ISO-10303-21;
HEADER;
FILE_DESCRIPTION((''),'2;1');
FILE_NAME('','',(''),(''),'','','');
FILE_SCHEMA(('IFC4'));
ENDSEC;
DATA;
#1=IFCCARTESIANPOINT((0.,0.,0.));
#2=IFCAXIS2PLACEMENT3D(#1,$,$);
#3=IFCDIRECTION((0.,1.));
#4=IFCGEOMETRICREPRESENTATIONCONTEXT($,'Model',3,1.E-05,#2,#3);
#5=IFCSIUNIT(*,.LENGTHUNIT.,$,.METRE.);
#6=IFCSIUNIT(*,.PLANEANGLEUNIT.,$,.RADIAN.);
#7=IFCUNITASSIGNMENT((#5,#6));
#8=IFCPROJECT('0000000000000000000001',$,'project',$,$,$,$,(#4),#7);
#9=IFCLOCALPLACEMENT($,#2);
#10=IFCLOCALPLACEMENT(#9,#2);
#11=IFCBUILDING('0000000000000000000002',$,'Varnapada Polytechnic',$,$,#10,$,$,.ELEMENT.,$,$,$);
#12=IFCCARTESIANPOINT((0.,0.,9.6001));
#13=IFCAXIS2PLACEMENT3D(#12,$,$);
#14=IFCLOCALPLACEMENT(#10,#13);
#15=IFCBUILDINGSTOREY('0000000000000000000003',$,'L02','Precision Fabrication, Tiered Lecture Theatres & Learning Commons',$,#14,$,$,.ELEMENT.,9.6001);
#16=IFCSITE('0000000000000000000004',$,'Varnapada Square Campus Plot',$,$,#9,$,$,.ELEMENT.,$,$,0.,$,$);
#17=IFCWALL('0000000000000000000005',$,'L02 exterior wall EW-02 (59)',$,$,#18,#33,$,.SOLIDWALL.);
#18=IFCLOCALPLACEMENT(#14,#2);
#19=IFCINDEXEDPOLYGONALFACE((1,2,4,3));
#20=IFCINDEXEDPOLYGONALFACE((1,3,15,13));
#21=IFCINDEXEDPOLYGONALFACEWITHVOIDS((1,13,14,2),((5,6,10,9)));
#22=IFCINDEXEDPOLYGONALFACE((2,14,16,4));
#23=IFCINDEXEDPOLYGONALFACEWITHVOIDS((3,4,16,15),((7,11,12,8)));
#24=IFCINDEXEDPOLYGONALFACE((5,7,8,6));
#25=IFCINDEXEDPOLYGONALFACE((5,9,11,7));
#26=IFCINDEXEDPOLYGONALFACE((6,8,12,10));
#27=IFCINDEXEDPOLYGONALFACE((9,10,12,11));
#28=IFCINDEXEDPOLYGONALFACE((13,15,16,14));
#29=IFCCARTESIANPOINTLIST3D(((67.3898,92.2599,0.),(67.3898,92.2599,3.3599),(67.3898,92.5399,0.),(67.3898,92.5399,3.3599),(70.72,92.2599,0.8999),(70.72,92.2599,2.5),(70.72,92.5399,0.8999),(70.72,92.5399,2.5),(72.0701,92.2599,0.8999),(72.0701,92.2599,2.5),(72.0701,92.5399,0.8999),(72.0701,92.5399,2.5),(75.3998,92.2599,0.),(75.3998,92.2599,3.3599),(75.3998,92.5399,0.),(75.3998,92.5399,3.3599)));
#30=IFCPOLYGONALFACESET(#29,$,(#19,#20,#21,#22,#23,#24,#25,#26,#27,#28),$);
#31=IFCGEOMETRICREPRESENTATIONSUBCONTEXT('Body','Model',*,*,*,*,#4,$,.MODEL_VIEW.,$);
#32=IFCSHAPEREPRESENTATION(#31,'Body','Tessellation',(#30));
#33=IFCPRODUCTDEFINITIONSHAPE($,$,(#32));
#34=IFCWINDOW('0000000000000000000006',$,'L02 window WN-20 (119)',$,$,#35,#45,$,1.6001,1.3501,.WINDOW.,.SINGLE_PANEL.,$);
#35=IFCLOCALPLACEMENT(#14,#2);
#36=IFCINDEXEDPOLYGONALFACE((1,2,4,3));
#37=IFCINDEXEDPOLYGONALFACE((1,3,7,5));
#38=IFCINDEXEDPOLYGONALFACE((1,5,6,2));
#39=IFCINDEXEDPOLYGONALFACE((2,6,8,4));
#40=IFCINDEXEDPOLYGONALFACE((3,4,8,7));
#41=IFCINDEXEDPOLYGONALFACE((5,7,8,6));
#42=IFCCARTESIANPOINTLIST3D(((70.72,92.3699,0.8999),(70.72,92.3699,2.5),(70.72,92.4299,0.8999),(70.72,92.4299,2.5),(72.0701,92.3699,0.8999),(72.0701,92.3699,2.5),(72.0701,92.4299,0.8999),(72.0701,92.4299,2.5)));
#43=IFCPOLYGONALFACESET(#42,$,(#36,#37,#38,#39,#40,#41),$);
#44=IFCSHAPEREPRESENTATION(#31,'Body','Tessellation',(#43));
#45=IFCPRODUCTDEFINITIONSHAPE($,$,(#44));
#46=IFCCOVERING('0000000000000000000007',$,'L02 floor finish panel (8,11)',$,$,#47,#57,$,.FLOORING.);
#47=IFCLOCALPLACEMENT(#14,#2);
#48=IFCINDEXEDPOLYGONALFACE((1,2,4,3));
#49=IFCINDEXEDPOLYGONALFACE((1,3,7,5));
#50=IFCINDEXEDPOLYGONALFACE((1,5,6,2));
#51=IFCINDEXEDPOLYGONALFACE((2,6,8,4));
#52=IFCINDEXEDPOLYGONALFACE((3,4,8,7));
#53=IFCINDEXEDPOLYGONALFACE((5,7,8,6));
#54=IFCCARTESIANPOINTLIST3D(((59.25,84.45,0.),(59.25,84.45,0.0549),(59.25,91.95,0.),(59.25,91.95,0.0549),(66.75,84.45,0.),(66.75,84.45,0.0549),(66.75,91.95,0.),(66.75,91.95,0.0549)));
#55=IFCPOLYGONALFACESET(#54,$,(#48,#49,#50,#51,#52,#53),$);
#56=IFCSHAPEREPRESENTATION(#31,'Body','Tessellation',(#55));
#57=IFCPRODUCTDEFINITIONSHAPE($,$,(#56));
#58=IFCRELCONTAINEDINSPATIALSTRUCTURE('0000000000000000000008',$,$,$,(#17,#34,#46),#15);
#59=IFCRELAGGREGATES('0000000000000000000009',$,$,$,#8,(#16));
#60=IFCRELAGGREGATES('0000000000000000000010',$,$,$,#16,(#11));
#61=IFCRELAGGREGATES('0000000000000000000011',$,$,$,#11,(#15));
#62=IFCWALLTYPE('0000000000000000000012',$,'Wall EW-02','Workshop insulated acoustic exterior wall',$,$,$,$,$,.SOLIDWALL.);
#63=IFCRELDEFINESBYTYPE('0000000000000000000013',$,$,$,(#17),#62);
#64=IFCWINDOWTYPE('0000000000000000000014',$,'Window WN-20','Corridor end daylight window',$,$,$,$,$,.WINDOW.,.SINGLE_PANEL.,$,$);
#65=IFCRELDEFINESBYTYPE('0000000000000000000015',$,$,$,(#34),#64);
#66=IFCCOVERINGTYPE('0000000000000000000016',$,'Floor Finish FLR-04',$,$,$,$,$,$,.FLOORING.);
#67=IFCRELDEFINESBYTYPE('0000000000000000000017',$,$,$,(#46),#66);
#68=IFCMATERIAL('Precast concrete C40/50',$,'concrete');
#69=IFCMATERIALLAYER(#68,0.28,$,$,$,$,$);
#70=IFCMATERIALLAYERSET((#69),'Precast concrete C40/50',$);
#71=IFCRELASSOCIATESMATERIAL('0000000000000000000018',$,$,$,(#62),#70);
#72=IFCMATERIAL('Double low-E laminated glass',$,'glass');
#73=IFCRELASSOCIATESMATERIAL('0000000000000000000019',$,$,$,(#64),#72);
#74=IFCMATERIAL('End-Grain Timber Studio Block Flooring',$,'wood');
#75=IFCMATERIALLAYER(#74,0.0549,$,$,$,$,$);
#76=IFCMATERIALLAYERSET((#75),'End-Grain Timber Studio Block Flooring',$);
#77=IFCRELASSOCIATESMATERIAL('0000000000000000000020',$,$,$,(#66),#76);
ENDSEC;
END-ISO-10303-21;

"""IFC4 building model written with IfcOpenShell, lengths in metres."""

from ifc_helpers import new_model, si_unit, direction, frame, frame_2d, origin, origin_2d, place, context, subcontext, project, spatial, rectangle, extrude, material, layer, layer_set, type_object, element, fill, save


model = new_model("IFC4")

# Units and contexts
model_context = context("Model", 3, precision=1e-05, world=origin(), true_north=direction((0.0, 1.0)))
body_context = subcontext(model_context, "Body", "Model", "MODEL_VIEW")
ifc_project = project(units=[si_unit("LENGTHUNIT", "METRE"), si_unit("PLANEANGLEUNIT", "RADIAN")], contexts=[model_context])

# Site, building, storey
site_placement = place(None, origin())
site = spatial("IfcSite", under=ifc_project, at=site_placement, Name="Varnapada Square Campus Plot", CompositionType="ELEMENT", RefElevation=0.0)
building_placement = place(site_placement, origin())
building = spatial("IfcBuilding", under=site, at=building_placement, Name="Varnapada Polytechnic", CompositionType="ELEMENT")
storey_placement = place(building_placement, frame((0.0, 0.0, 9.6001)))
storey = spatial("IfcBuildingStorey", under=building, at=storey_placement, Name="L02", Description="Precision Fabrication, Tiered Lecture Theatres & Learning Commons", CompositionType="ELEMENT", Elevation=9.6001)

# Shared definitions
ifc_material_1 = material(Name="Double low-E laminated glass", Category="glass")

# Wall, opening, window
ifc_material_2 = material(Name="Precast concrete C40/50", Category="concrete")
ifc_layer_1 = layer(ifc_material_2, 0.28)
ifc_layer_set_1 = layer_set([ifc_layer_1], Name="Precast concrete C40/50")
wall_type = type_object("IfcWallType", Name="Wall EW-02", Description="Workshop insulated acoustic exterior wall", PredefinedType="SOLIDWALL", material=ifc_layer_set_1)
wall_placement = place(storey_placement, frame((67.3899, 92.3999, 0.0), z_axis=(0.0, 0.0, 1.0), x_axis=(1.0, 0.0, 0.0)))
wall = element("IfcWall", 1, at=wall_placement, inside=storey, type_object=wall_type, Name="L02 exterior wall EW-02 (59)", PredefinedType="SOLIDWALL", context=body_context, shape_type="SweptSolid", body=[
    extrude(rectangle(XDim=8.01, YDim=0.28, at=frame_2d((4.0049, 0.0))), origin(), (0.0, 0.0, 1.0), 3.3599),
])
opening_1_placement = place(wall_placement, frame((3.3301, 0.0, 0.8999)))
opening_1 = element("IfcOpeningElement", 2, at=opening_1_placement, cuts=wall, PredefinedType="OPENING", context=body_context, shape_type="SweptSolid", body=[
    extrude(rectangle(XDim=1.3501, YDim=1.6001, at=frame_2d((0.675, 0.8))), frame((0.0, 0.1499, 0.0), z_axis=(0.0, -1.0, 0.0), x_axis=(1.0, 0.0, 0.0)), (0.0, 0.0, 1.0), 0.3),
])
window_type = type_object("IfcWindowType", Name="Window WN-20", Description="Corridor end daylight window", PartitioningType="SINGLE_PANEL", PredefinedType="WINDOW", material=ifc_material_1)
window_placement = place(opening_1_placement, origin())
window = element("IfcWindow", 3, at=window_placement, inside=storey, type_object=window_type, Name="L02 window WN-20 (119)", OverallHeight=1.6001, OverallWidth=1.3501, PartitioningType="SINGLE_PANEL", PredefinedType="WINDOW", context=body_context, shape_type="SweptSolid", body=[
    extrude(rectangle(XDim=1.3501, YDim=1.6001, at=frame_2d((0.675, 0.8))), frame((0.0, 0.03, 0.0), z_axis=(0.0, -1.0, 0.0), x_axis=(1.0, 0.0, 0.0)), (0.0, 0.0, 1.0), 0.0601),
])
fill(opening_1, window)

# Covering
ifc_material_3 = material(Name="End-Grain Timber Studio Block Flooring", Category="wood")
ifc_layer_2 = layer(ifc_material_3, 0.0549)
ifc_layer_set_2 = layer_set([ifc_layer_2], Name="End-Grain Timber Studio Block Flooring")
covering_type_1 = type_object("IfcCoveringType", Name="Floor Finish FLR-04", PredefinedType="FLOORING", material=ifc_layer_set_2)
covering_1_placement = place(storey_placement, frame((63.0, 88.2, 0.0), z_axis=(0.0, 0.0, 1.0), x_axis=(1.0, 0.0, 0.0)))
element("IfcCovering", 4, at=covering_1_placement, inside=storey, type_object=covering_type_1, Name="L02 floor finish panel (8,11)", PredefinedType="FLOORING", context=body_context, shape_type="SweptSolid", body=[
    extrude(rectangle(XDim=7.5, YDim=7.5, at=origin_2d()), origin(), (0.0, 0.0, 1.0), 0.0549),
])

save(model, "model.ifc")
